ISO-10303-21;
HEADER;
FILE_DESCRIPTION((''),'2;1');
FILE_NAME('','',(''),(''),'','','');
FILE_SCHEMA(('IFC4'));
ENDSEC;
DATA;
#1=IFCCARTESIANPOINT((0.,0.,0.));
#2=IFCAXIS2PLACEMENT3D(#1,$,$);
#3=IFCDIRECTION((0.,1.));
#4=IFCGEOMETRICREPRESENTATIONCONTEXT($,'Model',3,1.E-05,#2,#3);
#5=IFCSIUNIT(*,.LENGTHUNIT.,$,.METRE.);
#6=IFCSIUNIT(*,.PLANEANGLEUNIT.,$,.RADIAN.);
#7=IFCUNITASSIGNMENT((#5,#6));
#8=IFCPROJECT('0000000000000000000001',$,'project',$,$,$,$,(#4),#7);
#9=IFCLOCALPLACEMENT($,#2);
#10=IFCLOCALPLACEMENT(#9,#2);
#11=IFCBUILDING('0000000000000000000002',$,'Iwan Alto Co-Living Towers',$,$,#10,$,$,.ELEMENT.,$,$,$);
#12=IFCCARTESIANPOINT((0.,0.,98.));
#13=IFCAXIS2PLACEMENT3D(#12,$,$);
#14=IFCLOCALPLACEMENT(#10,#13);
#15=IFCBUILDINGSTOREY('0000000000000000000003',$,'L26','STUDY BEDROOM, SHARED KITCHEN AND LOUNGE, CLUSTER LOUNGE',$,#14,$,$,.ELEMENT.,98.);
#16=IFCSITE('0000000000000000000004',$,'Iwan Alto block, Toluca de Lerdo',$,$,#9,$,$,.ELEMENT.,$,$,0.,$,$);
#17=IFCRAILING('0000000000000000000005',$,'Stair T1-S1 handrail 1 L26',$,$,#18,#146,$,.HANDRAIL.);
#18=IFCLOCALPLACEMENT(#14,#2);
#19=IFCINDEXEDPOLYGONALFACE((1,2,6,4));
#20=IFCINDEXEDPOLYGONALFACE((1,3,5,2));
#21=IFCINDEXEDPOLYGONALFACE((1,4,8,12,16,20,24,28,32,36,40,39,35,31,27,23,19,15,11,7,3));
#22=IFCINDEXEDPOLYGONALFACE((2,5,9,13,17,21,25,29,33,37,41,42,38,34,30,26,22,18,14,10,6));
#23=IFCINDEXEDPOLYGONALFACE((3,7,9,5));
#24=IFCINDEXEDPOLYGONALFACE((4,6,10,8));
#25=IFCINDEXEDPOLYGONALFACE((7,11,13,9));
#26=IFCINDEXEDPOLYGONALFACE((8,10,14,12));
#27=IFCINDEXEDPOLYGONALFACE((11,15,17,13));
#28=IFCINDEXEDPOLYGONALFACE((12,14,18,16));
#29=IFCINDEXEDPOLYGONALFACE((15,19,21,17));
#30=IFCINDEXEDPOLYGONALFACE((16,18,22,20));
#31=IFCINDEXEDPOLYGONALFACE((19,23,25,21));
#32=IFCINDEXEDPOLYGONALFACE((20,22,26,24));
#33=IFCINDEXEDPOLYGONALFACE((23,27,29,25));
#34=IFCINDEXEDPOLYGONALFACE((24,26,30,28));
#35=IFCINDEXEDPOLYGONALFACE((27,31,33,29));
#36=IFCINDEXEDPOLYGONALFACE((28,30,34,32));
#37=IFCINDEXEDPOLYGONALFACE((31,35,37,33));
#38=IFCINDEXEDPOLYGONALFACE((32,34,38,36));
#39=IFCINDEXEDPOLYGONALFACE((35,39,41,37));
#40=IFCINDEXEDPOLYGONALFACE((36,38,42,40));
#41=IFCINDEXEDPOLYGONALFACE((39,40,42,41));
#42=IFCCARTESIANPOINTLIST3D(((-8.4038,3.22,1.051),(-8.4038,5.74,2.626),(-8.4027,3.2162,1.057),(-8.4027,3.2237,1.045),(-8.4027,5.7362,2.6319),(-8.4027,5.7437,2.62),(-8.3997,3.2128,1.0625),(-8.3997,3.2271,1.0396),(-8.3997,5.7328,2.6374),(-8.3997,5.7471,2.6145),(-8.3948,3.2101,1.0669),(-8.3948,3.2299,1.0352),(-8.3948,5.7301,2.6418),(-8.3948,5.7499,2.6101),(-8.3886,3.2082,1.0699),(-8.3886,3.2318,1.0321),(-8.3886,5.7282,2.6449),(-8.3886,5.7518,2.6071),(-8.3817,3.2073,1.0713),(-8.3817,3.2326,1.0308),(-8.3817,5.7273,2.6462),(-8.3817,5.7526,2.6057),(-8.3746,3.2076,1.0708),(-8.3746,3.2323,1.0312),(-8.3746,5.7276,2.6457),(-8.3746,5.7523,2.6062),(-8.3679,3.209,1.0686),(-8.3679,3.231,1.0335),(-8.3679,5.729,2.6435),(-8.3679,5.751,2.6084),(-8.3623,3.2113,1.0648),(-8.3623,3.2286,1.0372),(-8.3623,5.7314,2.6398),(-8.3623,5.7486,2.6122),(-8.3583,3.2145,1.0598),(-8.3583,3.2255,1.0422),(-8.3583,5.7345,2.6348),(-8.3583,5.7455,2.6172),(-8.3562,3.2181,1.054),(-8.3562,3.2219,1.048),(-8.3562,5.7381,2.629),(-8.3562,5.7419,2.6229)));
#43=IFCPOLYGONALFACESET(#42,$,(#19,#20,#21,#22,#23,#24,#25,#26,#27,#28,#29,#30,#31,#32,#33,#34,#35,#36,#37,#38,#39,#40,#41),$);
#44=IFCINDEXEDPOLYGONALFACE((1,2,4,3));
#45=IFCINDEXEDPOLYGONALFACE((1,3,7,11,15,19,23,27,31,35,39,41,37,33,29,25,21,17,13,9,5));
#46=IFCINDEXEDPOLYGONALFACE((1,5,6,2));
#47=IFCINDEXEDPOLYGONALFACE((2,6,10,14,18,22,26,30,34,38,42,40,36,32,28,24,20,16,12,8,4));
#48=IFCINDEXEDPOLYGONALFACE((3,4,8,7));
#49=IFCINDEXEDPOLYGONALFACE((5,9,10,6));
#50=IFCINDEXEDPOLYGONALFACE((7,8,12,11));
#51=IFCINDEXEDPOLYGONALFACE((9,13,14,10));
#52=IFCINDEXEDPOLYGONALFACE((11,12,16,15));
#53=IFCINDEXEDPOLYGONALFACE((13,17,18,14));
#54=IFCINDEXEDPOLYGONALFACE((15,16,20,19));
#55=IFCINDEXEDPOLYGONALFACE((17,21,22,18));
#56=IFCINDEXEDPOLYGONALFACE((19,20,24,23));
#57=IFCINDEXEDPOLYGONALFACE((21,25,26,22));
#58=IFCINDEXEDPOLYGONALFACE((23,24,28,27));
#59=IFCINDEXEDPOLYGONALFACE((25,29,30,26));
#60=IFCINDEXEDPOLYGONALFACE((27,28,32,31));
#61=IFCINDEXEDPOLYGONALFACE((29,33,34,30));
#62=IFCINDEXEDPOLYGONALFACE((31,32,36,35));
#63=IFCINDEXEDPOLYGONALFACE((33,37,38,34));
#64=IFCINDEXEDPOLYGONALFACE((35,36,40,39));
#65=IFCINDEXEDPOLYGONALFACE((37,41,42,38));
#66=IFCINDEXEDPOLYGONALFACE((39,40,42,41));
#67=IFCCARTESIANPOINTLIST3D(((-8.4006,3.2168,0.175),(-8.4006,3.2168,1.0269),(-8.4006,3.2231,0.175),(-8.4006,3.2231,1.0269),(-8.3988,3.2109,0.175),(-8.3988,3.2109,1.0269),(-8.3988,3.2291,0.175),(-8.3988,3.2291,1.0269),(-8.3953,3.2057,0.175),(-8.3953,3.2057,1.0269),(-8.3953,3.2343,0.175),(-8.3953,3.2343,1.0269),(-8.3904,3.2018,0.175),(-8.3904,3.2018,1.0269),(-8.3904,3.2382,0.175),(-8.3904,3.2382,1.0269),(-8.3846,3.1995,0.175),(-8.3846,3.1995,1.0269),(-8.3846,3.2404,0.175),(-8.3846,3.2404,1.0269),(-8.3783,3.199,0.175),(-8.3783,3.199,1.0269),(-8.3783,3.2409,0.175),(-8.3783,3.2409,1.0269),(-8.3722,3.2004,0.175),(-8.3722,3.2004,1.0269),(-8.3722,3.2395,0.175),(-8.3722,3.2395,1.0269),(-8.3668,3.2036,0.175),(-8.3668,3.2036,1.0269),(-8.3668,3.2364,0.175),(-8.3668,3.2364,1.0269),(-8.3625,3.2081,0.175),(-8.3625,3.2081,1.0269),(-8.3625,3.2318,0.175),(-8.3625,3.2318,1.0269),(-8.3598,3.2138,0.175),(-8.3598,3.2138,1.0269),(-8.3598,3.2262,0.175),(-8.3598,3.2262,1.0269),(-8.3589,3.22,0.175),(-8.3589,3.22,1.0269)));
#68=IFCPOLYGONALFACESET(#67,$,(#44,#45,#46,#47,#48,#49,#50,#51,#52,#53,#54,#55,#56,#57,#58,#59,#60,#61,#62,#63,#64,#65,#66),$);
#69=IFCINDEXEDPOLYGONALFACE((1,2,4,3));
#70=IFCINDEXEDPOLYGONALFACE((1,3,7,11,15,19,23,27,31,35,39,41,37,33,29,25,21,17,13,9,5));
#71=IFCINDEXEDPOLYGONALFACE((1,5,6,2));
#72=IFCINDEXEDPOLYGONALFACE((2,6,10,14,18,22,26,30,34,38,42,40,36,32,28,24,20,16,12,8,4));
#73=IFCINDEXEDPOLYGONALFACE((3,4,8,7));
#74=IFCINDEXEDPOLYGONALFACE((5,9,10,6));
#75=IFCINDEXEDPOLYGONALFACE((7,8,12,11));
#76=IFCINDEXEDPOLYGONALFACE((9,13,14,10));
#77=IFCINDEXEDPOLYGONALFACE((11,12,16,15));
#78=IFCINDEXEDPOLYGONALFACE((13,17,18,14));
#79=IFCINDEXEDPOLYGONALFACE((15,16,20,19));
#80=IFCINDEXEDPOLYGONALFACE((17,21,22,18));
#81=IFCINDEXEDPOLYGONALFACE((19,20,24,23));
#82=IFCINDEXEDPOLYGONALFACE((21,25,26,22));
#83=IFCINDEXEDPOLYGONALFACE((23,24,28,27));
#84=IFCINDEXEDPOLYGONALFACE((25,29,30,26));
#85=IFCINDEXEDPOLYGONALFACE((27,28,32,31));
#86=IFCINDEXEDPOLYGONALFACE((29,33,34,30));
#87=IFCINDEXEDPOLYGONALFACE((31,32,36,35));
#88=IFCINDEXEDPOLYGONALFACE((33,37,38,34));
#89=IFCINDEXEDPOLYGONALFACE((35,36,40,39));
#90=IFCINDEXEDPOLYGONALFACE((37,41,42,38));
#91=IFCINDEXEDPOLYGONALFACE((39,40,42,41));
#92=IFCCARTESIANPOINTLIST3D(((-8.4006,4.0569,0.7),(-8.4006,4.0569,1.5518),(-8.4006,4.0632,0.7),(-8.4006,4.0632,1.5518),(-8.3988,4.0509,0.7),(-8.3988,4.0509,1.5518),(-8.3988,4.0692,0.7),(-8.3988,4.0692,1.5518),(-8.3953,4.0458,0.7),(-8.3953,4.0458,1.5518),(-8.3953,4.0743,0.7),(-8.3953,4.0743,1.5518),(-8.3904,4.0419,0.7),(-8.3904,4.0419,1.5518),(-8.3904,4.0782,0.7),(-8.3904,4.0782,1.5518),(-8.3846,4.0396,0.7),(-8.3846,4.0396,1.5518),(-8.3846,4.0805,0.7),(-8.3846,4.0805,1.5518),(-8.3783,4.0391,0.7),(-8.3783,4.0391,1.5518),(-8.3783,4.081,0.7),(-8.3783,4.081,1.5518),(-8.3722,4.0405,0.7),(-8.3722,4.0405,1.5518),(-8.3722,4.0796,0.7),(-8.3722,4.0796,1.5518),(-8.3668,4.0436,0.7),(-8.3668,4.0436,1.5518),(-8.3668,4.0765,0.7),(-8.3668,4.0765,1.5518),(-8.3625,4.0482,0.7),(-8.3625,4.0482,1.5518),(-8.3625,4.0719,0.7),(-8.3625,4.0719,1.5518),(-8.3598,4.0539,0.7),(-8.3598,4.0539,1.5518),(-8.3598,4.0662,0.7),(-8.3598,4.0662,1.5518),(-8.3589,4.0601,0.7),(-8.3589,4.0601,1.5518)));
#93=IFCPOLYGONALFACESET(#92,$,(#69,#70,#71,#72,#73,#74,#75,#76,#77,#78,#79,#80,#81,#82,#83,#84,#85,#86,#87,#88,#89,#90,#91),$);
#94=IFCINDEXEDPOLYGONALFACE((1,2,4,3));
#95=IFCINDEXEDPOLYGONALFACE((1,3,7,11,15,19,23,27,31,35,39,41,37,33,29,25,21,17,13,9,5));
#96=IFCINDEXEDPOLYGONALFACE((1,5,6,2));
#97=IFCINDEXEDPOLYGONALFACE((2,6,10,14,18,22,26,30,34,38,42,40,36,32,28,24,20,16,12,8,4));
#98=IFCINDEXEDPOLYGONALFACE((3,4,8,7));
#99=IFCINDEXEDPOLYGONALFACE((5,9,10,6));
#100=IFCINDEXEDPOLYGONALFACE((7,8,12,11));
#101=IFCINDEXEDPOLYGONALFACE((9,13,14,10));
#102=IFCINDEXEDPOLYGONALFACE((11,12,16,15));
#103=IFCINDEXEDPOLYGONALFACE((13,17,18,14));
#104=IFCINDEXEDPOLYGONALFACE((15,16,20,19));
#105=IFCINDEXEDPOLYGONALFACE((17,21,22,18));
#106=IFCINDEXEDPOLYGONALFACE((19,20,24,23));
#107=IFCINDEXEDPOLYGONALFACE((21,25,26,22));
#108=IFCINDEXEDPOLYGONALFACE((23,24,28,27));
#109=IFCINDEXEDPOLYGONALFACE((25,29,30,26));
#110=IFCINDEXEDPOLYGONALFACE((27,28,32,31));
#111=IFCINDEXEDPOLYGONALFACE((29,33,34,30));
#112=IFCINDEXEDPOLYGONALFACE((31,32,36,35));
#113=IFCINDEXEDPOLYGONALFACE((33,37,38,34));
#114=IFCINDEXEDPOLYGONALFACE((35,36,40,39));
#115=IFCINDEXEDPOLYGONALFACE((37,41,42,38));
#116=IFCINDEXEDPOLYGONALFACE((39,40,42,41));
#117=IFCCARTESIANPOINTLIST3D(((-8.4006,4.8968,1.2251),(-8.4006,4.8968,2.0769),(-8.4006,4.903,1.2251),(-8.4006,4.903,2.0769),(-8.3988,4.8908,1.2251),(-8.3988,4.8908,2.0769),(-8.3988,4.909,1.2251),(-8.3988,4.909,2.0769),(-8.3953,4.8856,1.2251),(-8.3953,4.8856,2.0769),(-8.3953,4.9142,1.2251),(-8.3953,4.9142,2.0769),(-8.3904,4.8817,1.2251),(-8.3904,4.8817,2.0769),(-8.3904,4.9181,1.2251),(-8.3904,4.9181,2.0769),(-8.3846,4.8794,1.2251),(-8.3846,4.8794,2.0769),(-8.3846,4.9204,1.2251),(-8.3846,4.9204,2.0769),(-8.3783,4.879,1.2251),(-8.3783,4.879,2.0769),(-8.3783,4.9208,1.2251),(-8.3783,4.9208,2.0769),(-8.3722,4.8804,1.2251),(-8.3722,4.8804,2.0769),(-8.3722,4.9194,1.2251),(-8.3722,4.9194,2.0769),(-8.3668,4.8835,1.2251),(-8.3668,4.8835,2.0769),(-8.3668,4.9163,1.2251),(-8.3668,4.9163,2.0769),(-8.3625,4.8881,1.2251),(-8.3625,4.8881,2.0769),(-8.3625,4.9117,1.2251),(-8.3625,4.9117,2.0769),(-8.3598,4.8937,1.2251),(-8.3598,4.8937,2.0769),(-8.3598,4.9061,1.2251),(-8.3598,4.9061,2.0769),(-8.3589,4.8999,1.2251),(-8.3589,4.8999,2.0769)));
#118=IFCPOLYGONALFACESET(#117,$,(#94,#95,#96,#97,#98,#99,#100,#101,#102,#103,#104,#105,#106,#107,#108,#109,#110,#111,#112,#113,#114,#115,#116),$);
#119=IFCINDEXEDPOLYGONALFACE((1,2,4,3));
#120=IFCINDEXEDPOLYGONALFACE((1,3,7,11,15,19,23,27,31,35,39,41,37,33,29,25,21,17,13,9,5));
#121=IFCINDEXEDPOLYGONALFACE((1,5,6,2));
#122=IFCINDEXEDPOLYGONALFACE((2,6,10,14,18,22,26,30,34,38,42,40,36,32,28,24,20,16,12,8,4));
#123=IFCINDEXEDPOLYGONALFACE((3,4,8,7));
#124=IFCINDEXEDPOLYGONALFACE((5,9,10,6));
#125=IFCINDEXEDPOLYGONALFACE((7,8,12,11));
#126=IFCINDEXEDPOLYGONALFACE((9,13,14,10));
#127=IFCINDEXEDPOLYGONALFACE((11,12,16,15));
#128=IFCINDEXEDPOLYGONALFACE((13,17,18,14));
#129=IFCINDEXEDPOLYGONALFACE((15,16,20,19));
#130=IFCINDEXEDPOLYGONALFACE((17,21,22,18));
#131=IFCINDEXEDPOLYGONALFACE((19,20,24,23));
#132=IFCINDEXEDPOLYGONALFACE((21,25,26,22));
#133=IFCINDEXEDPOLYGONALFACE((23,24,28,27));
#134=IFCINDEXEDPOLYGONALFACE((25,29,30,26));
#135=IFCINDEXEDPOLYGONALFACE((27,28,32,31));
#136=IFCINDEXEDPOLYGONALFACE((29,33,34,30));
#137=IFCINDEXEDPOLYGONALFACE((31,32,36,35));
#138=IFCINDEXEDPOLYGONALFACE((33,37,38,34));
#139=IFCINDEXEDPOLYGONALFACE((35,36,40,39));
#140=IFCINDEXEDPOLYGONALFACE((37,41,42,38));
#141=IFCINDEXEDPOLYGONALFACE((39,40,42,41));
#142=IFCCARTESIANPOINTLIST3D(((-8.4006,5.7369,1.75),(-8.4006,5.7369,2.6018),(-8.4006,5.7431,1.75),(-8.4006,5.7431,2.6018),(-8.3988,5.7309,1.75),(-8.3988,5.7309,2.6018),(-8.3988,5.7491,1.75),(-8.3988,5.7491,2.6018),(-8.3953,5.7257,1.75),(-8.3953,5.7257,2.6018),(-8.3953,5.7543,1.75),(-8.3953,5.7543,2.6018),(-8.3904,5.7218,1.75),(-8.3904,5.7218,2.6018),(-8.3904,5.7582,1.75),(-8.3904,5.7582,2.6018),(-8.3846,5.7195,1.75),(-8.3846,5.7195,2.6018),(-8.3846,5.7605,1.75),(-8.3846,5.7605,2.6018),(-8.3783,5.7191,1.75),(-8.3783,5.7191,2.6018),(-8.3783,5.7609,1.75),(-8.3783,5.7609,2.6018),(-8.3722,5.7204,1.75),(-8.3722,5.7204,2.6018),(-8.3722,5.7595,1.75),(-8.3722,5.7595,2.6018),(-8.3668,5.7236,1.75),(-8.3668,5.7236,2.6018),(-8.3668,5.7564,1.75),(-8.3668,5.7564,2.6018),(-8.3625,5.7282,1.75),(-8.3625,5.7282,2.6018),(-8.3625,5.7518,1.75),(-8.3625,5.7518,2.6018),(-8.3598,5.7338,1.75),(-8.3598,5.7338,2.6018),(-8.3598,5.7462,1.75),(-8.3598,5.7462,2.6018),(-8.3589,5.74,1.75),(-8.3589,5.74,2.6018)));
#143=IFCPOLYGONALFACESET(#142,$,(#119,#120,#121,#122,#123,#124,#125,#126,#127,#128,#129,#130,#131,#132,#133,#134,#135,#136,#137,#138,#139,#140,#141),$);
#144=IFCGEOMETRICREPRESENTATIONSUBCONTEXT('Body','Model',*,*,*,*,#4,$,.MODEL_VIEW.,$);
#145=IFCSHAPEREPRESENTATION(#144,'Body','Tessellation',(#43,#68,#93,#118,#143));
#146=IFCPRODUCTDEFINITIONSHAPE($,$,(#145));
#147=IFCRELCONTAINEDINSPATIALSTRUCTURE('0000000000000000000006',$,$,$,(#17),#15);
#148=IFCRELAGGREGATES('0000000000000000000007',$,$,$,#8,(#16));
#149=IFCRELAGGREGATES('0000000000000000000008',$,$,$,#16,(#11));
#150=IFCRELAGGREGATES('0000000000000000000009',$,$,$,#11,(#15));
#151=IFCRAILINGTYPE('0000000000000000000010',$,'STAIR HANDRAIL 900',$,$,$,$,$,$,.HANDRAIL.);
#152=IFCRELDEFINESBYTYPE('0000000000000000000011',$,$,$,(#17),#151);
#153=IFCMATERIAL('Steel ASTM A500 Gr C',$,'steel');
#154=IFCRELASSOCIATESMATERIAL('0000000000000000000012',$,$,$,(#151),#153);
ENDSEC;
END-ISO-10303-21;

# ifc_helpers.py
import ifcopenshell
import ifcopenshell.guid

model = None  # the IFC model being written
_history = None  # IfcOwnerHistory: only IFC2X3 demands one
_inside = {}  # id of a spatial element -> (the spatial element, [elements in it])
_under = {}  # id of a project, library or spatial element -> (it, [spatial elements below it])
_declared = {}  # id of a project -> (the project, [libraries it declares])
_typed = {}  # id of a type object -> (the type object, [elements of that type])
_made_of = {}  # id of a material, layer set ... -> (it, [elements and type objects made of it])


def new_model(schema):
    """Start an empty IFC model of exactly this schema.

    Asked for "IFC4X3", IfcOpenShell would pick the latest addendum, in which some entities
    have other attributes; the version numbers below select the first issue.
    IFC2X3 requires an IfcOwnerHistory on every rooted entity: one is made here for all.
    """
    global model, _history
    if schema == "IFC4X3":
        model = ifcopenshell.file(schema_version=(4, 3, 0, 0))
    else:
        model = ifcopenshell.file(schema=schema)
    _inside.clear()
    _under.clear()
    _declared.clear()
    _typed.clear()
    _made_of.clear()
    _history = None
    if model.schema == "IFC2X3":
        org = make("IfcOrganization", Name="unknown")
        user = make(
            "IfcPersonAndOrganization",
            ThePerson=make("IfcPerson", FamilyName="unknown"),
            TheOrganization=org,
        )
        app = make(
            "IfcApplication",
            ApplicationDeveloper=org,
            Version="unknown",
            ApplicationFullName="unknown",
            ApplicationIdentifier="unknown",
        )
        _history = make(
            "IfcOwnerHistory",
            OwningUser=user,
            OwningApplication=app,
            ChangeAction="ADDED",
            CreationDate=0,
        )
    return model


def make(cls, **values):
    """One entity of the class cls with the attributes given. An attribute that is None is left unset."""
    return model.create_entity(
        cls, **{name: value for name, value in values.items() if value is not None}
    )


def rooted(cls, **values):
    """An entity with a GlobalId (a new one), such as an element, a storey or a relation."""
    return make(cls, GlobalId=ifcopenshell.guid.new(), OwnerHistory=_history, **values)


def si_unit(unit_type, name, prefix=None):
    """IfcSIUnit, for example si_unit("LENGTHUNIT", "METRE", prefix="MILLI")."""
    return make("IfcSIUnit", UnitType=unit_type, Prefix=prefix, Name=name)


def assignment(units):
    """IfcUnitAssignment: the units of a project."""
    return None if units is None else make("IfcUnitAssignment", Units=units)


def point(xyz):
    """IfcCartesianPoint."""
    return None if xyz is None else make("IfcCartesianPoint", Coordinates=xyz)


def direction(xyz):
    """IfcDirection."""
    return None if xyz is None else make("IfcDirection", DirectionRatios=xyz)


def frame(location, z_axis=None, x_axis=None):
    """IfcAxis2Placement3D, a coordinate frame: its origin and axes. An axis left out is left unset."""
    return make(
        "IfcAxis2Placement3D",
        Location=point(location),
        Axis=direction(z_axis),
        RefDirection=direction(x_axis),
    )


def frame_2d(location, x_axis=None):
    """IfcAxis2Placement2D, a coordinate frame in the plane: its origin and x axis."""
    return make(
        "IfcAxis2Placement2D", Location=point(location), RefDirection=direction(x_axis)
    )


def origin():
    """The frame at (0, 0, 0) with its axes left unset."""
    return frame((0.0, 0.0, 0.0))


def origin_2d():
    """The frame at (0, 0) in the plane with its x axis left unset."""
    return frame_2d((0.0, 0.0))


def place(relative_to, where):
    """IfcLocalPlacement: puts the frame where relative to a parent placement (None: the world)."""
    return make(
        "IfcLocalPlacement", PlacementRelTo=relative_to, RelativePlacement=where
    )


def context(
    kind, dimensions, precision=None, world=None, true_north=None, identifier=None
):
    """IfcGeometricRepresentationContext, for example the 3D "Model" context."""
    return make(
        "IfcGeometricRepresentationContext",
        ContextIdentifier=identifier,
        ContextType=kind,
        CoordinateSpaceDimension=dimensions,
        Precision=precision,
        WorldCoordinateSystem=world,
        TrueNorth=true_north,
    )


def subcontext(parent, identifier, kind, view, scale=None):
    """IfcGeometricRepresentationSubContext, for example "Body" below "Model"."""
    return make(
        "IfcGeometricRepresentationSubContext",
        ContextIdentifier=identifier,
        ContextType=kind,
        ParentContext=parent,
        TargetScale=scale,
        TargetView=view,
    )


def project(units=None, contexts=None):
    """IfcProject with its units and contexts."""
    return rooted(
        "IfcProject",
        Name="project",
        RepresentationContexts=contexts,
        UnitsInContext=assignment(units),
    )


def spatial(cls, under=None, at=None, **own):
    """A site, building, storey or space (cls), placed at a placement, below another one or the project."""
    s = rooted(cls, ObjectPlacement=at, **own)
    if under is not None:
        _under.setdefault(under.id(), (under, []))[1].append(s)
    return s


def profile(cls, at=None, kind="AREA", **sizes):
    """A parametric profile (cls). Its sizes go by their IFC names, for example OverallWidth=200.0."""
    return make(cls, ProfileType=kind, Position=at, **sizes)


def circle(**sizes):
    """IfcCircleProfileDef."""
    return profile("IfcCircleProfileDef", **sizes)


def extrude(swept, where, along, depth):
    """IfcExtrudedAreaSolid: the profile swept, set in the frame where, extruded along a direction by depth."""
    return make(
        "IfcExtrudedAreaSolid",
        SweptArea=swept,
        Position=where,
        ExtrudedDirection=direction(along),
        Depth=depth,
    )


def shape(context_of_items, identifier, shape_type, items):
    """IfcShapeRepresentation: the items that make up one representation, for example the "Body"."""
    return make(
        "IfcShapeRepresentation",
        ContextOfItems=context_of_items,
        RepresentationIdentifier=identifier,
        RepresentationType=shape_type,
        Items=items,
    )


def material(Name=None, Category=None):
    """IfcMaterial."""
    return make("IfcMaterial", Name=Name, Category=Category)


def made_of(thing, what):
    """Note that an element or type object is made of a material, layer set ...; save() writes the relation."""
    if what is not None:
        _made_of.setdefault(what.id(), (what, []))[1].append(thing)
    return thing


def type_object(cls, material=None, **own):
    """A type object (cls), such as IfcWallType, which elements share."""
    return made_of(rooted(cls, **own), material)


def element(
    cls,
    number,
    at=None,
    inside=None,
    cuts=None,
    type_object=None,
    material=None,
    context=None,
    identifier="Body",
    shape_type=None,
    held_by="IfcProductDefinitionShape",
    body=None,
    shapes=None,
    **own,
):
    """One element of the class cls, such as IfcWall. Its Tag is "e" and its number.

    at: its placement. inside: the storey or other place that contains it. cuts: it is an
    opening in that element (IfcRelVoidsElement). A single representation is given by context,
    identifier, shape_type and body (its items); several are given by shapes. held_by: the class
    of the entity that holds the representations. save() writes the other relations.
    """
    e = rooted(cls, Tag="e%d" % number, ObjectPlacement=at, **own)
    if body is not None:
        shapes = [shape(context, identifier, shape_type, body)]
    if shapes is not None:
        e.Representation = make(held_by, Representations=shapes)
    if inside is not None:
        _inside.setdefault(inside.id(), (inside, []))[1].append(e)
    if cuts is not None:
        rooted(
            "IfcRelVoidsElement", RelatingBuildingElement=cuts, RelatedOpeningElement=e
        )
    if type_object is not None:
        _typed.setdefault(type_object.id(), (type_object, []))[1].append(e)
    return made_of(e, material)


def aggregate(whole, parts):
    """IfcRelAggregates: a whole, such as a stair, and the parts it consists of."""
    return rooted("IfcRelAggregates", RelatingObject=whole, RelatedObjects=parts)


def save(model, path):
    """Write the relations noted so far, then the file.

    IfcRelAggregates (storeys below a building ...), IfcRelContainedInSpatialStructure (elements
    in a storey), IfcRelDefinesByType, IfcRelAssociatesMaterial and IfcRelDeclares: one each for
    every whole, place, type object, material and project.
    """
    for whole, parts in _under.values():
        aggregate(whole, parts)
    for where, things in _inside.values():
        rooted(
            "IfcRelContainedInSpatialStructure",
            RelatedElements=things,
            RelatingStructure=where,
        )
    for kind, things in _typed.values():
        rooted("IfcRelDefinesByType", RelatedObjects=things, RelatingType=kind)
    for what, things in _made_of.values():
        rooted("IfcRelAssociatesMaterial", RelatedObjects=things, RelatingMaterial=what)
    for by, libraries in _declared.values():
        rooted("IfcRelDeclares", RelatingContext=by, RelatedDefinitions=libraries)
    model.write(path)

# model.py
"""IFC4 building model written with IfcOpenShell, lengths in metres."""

from ifc_helpers import new_model, si_unit, direction, frame, origin, origin_2d, place, context, subcontext, project, spatial, circle, extrude, material, type_object, element, save


model = new_model("IFC4")

# Units and contexts
model_context = context("Model", 3, precision=1e-05, world=origin(), true_north=direction((0.0, 1.0)))
body_context = subcontext(model_context, "Body", "Model", "MODEL_VIEW")
ifc_project = project(units=[si_unit("LENGTHUNIT", "METRE"), si_unit("PLANEANGLEUNIT", "RADIAN")], contexts=[model_context])

# Site, building, storey
site_placement = place(None, origin())
site = spatial("IfcSite", under=ifc_project, at=site_placement, Name="Iwan Alto block, Toluca de Lerdo", CompositionType="ELEMENT", RefElevation=0.0)
building_placement = place(site_placement, origin())
building = spatial("IfcBuilding", under=site, at=building_placement, Name="Iwan Alto Co-Living Towers", CompositionType="ELEMENT")
storey_placement = place(building_placement, frame((0.0, 0.0, 98.0)))
storey = spatial("IfcBuildingStorey", under=building, at=storey_placement, Name="L26", Description="STUDY BEDROOM, SHARED KITCHEN AND LOUNGE, CLUSTER LOUNGE", CompositionType="ELEMENT", Elevation=98.0)

# Railing
ifc_material_1 = material(Name="Steel ASTM A500 Gr C", Category="steel")
railing_type = type_object("IfcRailingType", Name="STAIR HANDRAIL 900", PredefinedType="HANDRAIL", material=ifc_material_1)
railing_1_placement = place(storey_placement, frame((-8.3799, 3.22, 0.175)))
element("IfcRailing", 1, at=railing_1_placement, inside=storey, type_object=railing_type, Name="Stair T1-S1 handrail 1 L26", PredefinedType="HANDRAIL", context=body_context, shape_type="SweptSolid", body=[
    extrude(circle(Radius=0.0239, at=origin_2d()), frame((0.0, 0.0, 0.876), z_axis=(0.0, 0.848008, 0.529984), x_axis=(-1.0, 0.0, 0.0)), (0.0, 0.0, 1.0), 2.9717),
    extrude(circle(Radius=0.021, at=origin_2d()), origin(), (0.0, 0.0, 1.0), 0.8518),
    extrude(circle(Radius=0.021, at=origin_2d()), frame((0.0, 0.8401, 0.5249)), (0.0, 0.0, 1.0), 0.8518),
    extrude(circle(Radius=0.021, at=origin_2d()), frame((0.0, 1.6799, 1.05)), (0.0, 0.0, 1.0), 0.8518),
    extrude(circle(Radius=0.021, at=origin_2d()), frame((0.0, 2.52, 1.575)), (0.0, 0.0, 1.0), 0.8518),
])

save(model, "model.ifc")
